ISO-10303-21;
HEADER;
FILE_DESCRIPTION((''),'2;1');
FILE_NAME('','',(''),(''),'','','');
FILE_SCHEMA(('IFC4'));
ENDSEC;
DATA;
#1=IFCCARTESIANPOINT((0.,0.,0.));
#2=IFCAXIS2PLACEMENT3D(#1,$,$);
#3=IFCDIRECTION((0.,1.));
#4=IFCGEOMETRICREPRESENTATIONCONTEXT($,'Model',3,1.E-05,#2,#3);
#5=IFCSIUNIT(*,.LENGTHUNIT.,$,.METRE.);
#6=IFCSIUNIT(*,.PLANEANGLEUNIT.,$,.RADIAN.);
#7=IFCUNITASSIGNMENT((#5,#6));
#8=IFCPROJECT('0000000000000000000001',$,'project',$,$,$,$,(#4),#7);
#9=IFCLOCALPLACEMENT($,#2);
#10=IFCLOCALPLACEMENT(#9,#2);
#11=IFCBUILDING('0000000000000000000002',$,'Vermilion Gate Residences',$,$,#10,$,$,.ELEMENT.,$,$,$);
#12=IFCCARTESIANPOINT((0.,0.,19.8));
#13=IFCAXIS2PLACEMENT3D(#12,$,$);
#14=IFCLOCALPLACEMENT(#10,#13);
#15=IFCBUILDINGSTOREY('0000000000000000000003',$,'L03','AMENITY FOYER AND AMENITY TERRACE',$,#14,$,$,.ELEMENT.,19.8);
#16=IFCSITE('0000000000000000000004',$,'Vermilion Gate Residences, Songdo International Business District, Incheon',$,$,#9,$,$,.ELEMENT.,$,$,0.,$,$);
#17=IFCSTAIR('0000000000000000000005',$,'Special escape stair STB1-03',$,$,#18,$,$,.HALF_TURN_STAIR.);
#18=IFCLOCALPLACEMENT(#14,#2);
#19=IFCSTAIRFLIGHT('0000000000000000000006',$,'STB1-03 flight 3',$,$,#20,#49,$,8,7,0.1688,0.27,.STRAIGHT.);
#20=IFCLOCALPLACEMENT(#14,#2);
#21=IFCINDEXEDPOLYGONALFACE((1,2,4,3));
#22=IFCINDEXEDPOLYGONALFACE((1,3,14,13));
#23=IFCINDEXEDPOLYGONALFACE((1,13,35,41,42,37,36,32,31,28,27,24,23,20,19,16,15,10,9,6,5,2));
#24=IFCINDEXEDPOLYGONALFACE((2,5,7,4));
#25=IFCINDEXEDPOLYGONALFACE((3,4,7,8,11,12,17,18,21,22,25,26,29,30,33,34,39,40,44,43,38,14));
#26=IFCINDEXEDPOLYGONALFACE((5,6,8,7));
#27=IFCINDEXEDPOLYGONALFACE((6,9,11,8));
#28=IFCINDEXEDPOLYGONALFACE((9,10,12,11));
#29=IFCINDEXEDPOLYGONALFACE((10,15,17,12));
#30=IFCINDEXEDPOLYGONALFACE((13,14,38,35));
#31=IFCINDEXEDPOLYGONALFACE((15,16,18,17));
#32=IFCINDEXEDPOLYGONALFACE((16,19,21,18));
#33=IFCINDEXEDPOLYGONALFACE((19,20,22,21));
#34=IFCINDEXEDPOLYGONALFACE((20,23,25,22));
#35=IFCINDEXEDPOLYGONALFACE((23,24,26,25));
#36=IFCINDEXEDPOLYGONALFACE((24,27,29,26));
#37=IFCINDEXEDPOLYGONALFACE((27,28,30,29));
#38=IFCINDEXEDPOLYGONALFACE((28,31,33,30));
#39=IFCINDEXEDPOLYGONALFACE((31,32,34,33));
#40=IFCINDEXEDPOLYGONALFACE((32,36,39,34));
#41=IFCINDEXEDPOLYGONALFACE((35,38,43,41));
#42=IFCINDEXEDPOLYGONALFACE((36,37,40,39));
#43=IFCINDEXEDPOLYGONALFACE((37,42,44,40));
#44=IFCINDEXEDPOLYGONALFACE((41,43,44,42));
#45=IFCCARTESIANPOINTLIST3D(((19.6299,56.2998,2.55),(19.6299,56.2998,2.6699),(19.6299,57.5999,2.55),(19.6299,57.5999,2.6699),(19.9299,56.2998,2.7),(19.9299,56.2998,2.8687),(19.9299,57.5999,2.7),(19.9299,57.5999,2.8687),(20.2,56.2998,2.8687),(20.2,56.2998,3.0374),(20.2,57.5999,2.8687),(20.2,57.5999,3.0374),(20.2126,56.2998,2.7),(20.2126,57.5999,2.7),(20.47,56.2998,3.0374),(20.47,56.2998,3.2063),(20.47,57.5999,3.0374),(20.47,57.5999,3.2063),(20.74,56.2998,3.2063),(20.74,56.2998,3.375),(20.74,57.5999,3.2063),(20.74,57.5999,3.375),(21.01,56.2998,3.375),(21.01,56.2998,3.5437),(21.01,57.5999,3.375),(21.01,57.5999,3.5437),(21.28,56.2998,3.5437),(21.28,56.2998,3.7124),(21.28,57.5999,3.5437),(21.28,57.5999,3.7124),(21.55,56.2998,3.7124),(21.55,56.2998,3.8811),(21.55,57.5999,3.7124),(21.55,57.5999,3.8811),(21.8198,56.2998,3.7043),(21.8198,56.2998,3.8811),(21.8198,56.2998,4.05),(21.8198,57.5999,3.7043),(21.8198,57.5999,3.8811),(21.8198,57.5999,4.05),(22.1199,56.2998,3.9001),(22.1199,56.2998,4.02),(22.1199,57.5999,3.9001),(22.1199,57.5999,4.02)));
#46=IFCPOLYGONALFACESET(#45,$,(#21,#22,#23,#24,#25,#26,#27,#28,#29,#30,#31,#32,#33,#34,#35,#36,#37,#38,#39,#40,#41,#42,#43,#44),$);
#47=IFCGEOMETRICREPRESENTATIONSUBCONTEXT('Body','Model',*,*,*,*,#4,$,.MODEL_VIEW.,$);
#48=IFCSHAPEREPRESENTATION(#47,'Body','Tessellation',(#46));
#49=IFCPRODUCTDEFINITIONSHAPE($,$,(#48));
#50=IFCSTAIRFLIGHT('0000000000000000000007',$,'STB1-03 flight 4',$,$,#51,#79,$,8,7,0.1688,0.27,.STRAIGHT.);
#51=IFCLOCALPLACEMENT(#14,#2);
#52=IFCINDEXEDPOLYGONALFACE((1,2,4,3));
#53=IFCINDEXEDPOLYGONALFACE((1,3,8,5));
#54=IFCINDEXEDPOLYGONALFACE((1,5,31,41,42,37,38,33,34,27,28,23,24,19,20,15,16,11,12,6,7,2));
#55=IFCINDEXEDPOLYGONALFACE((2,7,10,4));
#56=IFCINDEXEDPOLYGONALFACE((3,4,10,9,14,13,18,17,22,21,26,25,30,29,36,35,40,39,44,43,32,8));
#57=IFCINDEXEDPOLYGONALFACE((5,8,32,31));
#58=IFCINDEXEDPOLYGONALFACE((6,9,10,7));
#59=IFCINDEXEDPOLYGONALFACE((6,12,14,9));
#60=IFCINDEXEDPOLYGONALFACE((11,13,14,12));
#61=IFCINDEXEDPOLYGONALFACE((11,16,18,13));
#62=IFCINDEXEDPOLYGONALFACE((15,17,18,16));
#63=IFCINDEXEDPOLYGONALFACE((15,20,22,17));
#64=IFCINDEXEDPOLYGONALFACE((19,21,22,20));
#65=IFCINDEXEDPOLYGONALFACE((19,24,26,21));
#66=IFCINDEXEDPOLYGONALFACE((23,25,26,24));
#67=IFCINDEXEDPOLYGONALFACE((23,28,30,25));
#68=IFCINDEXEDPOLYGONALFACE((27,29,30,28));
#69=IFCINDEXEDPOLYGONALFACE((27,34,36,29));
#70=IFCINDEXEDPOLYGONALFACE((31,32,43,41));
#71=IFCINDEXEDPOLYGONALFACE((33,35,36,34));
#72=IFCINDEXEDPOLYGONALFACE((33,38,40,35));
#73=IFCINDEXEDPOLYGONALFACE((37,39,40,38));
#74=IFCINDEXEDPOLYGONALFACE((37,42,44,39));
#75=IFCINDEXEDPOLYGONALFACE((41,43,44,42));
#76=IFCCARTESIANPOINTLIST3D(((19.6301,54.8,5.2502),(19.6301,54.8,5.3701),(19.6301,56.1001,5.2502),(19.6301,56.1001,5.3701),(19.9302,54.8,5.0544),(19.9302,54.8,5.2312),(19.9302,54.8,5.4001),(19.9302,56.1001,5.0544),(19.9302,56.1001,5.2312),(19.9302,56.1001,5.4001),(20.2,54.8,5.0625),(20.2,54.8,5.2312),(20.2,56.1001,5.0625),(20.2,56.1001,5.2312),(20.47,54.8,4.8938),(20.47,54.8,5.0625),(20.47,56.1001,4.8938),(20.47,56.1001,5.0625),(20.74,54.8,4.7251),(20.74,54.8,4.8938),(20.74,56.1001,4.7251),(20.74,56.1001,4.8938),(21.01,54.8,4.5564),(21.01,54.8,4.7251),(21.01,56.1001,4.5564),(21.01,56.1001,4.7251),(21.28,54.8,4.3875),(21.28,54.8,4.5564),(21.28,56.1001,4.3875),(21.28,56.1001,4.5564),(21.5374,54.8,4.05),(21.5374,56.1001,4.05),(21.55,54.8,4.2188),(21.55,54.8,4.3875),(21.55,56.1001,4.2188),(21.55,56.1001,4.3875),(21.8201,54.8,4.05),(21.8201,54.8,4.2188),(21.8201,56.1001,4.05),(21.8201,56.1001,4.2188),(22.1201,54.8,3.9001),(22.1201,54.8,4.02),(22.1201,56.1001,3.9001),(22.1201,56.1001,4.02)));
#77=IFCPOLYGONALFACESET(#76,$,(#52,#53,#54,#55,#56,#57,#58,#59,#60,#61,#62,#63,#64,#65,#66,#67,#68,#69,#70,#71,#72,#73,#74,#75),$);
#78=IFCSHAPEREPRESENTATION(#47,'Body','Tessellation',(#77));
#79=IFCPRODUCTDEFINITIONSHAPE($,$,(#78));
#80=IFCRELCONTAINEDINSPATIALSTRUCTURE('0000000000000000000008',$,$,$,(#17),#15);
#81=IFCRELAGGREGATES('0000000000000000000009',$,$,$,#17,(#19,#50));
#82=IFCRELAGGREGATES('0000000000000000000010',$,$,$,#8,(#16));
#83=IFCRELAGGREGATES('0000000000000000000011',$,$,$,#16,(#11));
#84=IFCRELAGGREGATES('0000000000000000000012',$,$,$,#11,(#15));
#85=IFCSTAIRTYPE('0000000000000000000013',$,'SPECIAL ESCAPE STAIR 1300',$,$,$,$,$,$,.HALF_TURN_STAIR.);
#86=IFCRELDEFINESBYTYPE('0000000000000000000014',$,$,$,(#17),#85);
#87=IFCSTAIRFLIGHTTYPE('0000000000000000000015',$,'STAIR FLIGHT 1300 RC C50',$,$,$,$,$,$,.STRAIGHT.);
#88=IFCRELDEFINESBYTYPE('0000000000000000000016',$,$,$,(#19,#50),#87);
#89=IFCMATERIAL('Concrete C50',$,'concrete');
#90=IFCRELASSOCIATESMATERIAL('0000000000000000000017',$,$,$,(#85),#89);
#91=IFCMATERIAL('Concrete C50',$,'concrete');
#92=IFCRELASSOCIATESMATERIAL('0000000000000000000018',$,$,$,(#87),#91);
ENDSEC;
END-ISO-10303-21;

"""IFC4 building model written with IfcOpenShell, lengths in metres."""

from ifc_helpers import new_model, si_unit, direction, frame, origin, place, context, subcontext, project, spatial, polyline, outline, extrude, material, type_object, element, aggregate, save


model = new_model("IFC4")

# Units and contexts
model_context = context("Model", 3, precision=1e-05, world=origin(), true_north=direction((0.0, 1.0)))
body_context = subcontext(model_context, "Body", "Model", "MODEL_VIEW")
ifc_project = project(units=[si_unit("LENGTHUNIT", "METRE"), si_unit("PLANEANGLEUNIT", "RADIAN")], contexts=[model_context])

# Site, building, storey
site_placement = place(None, origin())
site = spatial("IfcSite", under=ifc_project, at=site_placement, Name="Vermilion Gate Residences, Songdo International Business District, Incheon", CompositionType="ELEMENT", RefElevation=0.0)
building_placement = place(site_placement, origin())
building = spatial("IfcBuilding", under=site, at=building_placement, Name="Vermilion Gate Residences", CompositionType="ELEMENT")
storey_placement = place(building_placement, frame((0.0, 0.0, 19.8)))
storey = spatial("IfcBuildingStorey", under=building, at=storey_placement, Name="L03", Description="AMENITY FOYER AND AMENITY TERRACE", CompositionType="ELEMENT", Elevation=19.8)

# Stair, stair flights
ifc_material_1 = material(Name="Concrete C50", Category="concrete")
stair_type = type_object("IfcStairType", Name="SPECIAL ESCAPE STAIR 1300", PredefinedType="HALF_TURN_STAIR", material=ifc_material_1)
stair_placement = place(storey_placement, origin())
stair = element("IfcStair", 1, at=stair_placement, inside=storey, type_object=stair_type, Name="Special escape stair STB1-03", PredefinedType="HALF_TURN_STAIR")
ifc_material_2 = material(Name="Concrete C50", Category="concrete")
stair_flight_type = type_object("IfcStairFlightType", Name="STAIR FLIGHT 1300 RC C50", PredefinedType="STRAIGHT", material=ifc_material_2)
stair_flight_1_placement = place(storey_placement, frame((19.9299, 56.95, 2.7), z_axis=(0.0, 0.0, 1.0), x_axis=(1.0, 0.0, 0.0)))
stair_flight_1 = element("IfcStairFlight", 2, at=stair_flight_1_placement, type_object=stair_flight_type, Name="STB1-03 flight 3", NumberOfRisers=8, NumberOfTreads=7, PredefinedType="STRAIGHT", RiserHeight=0.1688, TreadLength=0.27, context=body_context, shape_type="SweptSolid", body=[
    extrude(outline(polyline([(-0.3, -0.1499), (-0.3, -0.03), (0.0, 0.0), (0.0, 0.1687), (0.27, 0.1687), (0.27, 0.3374), (0.54, 0.3374), (0.54, 0.5063), (0.8101, 0.5063), (0.8101, 0.675), (1.0801, 0.675), (1.0801, 0.8438), (1.3501, 0.8438), (1.3501, 1.0125), (1.6201, 1.0125), (1.6201, 1.1812), (1.8899, 1.1812), (1.8899, 1.3501), (2.1899, 1.3201), (2.1899, 1.2002), (1.8899, 1.0044), (0.2827, 0.0), (-0.3, -0.1499)])), frame((0.0, 0.6499, 0.0), z_axis=(0.0, -1.0, 0.0), x_axis=(1.0, 0.0, 0.0)), (0.0, 0.0, 1.0), 1.3),
])
stair_flight_2_placement = place(storey_placement, frame((21.8201, 55.45, 4.05), z_axis=(0.0, 0.0, 1.0), x_axis=(-1.0, 0.0, 0.0)))
stair_flight_2 = element("IfcStairFlight", 3, at=stair_flight_2_placement, type_object=stair_flight_type, Name="STB1-03 flight 4", NumberOfRisers=8, NumberOfTreads=7, PredefinedType="STRAIGHT", RiserHeight=0.1688, TreadLength=0.27, context=body_context, shape_type="SweptSolid", body=[
    extrude(outline(polyline([(-0.3, -0.1499), (-0.3, -0.03), (0.0, 0.0), (0.0, 0.1687), (0.27, 0.1687), (0.27, 0.3374), (0.54, 0.3374), (0.54, 0.5063), (0.8101, 0.5063), (0.8101, 0.675), (1.0801, 0.675), (1.0801, 0.8438), (1.3501, 0.8438), (1.3501, 1.0125), (1.6201, 1.0125), (1.6201, 1.1812), (1.8899, 1.1812), (1.8899, 1.3501), (2.1899, 1.3201), (2.1899, 1.2002), (1.8899, 1.0044), (0.2827, 0.0), (-0.3, -0.1499)])), frame((0.0, 0.6499, 0.0), z_axis=(0.0, -1.0, 0.0), x_axis=(1.0, 0.0, 0.0)), (0.0, 0.0, 1.0), 1.3),
])
aggregate(stair, [stair_flight_1, stair_flight_2])

save(model, "model.ifc")
